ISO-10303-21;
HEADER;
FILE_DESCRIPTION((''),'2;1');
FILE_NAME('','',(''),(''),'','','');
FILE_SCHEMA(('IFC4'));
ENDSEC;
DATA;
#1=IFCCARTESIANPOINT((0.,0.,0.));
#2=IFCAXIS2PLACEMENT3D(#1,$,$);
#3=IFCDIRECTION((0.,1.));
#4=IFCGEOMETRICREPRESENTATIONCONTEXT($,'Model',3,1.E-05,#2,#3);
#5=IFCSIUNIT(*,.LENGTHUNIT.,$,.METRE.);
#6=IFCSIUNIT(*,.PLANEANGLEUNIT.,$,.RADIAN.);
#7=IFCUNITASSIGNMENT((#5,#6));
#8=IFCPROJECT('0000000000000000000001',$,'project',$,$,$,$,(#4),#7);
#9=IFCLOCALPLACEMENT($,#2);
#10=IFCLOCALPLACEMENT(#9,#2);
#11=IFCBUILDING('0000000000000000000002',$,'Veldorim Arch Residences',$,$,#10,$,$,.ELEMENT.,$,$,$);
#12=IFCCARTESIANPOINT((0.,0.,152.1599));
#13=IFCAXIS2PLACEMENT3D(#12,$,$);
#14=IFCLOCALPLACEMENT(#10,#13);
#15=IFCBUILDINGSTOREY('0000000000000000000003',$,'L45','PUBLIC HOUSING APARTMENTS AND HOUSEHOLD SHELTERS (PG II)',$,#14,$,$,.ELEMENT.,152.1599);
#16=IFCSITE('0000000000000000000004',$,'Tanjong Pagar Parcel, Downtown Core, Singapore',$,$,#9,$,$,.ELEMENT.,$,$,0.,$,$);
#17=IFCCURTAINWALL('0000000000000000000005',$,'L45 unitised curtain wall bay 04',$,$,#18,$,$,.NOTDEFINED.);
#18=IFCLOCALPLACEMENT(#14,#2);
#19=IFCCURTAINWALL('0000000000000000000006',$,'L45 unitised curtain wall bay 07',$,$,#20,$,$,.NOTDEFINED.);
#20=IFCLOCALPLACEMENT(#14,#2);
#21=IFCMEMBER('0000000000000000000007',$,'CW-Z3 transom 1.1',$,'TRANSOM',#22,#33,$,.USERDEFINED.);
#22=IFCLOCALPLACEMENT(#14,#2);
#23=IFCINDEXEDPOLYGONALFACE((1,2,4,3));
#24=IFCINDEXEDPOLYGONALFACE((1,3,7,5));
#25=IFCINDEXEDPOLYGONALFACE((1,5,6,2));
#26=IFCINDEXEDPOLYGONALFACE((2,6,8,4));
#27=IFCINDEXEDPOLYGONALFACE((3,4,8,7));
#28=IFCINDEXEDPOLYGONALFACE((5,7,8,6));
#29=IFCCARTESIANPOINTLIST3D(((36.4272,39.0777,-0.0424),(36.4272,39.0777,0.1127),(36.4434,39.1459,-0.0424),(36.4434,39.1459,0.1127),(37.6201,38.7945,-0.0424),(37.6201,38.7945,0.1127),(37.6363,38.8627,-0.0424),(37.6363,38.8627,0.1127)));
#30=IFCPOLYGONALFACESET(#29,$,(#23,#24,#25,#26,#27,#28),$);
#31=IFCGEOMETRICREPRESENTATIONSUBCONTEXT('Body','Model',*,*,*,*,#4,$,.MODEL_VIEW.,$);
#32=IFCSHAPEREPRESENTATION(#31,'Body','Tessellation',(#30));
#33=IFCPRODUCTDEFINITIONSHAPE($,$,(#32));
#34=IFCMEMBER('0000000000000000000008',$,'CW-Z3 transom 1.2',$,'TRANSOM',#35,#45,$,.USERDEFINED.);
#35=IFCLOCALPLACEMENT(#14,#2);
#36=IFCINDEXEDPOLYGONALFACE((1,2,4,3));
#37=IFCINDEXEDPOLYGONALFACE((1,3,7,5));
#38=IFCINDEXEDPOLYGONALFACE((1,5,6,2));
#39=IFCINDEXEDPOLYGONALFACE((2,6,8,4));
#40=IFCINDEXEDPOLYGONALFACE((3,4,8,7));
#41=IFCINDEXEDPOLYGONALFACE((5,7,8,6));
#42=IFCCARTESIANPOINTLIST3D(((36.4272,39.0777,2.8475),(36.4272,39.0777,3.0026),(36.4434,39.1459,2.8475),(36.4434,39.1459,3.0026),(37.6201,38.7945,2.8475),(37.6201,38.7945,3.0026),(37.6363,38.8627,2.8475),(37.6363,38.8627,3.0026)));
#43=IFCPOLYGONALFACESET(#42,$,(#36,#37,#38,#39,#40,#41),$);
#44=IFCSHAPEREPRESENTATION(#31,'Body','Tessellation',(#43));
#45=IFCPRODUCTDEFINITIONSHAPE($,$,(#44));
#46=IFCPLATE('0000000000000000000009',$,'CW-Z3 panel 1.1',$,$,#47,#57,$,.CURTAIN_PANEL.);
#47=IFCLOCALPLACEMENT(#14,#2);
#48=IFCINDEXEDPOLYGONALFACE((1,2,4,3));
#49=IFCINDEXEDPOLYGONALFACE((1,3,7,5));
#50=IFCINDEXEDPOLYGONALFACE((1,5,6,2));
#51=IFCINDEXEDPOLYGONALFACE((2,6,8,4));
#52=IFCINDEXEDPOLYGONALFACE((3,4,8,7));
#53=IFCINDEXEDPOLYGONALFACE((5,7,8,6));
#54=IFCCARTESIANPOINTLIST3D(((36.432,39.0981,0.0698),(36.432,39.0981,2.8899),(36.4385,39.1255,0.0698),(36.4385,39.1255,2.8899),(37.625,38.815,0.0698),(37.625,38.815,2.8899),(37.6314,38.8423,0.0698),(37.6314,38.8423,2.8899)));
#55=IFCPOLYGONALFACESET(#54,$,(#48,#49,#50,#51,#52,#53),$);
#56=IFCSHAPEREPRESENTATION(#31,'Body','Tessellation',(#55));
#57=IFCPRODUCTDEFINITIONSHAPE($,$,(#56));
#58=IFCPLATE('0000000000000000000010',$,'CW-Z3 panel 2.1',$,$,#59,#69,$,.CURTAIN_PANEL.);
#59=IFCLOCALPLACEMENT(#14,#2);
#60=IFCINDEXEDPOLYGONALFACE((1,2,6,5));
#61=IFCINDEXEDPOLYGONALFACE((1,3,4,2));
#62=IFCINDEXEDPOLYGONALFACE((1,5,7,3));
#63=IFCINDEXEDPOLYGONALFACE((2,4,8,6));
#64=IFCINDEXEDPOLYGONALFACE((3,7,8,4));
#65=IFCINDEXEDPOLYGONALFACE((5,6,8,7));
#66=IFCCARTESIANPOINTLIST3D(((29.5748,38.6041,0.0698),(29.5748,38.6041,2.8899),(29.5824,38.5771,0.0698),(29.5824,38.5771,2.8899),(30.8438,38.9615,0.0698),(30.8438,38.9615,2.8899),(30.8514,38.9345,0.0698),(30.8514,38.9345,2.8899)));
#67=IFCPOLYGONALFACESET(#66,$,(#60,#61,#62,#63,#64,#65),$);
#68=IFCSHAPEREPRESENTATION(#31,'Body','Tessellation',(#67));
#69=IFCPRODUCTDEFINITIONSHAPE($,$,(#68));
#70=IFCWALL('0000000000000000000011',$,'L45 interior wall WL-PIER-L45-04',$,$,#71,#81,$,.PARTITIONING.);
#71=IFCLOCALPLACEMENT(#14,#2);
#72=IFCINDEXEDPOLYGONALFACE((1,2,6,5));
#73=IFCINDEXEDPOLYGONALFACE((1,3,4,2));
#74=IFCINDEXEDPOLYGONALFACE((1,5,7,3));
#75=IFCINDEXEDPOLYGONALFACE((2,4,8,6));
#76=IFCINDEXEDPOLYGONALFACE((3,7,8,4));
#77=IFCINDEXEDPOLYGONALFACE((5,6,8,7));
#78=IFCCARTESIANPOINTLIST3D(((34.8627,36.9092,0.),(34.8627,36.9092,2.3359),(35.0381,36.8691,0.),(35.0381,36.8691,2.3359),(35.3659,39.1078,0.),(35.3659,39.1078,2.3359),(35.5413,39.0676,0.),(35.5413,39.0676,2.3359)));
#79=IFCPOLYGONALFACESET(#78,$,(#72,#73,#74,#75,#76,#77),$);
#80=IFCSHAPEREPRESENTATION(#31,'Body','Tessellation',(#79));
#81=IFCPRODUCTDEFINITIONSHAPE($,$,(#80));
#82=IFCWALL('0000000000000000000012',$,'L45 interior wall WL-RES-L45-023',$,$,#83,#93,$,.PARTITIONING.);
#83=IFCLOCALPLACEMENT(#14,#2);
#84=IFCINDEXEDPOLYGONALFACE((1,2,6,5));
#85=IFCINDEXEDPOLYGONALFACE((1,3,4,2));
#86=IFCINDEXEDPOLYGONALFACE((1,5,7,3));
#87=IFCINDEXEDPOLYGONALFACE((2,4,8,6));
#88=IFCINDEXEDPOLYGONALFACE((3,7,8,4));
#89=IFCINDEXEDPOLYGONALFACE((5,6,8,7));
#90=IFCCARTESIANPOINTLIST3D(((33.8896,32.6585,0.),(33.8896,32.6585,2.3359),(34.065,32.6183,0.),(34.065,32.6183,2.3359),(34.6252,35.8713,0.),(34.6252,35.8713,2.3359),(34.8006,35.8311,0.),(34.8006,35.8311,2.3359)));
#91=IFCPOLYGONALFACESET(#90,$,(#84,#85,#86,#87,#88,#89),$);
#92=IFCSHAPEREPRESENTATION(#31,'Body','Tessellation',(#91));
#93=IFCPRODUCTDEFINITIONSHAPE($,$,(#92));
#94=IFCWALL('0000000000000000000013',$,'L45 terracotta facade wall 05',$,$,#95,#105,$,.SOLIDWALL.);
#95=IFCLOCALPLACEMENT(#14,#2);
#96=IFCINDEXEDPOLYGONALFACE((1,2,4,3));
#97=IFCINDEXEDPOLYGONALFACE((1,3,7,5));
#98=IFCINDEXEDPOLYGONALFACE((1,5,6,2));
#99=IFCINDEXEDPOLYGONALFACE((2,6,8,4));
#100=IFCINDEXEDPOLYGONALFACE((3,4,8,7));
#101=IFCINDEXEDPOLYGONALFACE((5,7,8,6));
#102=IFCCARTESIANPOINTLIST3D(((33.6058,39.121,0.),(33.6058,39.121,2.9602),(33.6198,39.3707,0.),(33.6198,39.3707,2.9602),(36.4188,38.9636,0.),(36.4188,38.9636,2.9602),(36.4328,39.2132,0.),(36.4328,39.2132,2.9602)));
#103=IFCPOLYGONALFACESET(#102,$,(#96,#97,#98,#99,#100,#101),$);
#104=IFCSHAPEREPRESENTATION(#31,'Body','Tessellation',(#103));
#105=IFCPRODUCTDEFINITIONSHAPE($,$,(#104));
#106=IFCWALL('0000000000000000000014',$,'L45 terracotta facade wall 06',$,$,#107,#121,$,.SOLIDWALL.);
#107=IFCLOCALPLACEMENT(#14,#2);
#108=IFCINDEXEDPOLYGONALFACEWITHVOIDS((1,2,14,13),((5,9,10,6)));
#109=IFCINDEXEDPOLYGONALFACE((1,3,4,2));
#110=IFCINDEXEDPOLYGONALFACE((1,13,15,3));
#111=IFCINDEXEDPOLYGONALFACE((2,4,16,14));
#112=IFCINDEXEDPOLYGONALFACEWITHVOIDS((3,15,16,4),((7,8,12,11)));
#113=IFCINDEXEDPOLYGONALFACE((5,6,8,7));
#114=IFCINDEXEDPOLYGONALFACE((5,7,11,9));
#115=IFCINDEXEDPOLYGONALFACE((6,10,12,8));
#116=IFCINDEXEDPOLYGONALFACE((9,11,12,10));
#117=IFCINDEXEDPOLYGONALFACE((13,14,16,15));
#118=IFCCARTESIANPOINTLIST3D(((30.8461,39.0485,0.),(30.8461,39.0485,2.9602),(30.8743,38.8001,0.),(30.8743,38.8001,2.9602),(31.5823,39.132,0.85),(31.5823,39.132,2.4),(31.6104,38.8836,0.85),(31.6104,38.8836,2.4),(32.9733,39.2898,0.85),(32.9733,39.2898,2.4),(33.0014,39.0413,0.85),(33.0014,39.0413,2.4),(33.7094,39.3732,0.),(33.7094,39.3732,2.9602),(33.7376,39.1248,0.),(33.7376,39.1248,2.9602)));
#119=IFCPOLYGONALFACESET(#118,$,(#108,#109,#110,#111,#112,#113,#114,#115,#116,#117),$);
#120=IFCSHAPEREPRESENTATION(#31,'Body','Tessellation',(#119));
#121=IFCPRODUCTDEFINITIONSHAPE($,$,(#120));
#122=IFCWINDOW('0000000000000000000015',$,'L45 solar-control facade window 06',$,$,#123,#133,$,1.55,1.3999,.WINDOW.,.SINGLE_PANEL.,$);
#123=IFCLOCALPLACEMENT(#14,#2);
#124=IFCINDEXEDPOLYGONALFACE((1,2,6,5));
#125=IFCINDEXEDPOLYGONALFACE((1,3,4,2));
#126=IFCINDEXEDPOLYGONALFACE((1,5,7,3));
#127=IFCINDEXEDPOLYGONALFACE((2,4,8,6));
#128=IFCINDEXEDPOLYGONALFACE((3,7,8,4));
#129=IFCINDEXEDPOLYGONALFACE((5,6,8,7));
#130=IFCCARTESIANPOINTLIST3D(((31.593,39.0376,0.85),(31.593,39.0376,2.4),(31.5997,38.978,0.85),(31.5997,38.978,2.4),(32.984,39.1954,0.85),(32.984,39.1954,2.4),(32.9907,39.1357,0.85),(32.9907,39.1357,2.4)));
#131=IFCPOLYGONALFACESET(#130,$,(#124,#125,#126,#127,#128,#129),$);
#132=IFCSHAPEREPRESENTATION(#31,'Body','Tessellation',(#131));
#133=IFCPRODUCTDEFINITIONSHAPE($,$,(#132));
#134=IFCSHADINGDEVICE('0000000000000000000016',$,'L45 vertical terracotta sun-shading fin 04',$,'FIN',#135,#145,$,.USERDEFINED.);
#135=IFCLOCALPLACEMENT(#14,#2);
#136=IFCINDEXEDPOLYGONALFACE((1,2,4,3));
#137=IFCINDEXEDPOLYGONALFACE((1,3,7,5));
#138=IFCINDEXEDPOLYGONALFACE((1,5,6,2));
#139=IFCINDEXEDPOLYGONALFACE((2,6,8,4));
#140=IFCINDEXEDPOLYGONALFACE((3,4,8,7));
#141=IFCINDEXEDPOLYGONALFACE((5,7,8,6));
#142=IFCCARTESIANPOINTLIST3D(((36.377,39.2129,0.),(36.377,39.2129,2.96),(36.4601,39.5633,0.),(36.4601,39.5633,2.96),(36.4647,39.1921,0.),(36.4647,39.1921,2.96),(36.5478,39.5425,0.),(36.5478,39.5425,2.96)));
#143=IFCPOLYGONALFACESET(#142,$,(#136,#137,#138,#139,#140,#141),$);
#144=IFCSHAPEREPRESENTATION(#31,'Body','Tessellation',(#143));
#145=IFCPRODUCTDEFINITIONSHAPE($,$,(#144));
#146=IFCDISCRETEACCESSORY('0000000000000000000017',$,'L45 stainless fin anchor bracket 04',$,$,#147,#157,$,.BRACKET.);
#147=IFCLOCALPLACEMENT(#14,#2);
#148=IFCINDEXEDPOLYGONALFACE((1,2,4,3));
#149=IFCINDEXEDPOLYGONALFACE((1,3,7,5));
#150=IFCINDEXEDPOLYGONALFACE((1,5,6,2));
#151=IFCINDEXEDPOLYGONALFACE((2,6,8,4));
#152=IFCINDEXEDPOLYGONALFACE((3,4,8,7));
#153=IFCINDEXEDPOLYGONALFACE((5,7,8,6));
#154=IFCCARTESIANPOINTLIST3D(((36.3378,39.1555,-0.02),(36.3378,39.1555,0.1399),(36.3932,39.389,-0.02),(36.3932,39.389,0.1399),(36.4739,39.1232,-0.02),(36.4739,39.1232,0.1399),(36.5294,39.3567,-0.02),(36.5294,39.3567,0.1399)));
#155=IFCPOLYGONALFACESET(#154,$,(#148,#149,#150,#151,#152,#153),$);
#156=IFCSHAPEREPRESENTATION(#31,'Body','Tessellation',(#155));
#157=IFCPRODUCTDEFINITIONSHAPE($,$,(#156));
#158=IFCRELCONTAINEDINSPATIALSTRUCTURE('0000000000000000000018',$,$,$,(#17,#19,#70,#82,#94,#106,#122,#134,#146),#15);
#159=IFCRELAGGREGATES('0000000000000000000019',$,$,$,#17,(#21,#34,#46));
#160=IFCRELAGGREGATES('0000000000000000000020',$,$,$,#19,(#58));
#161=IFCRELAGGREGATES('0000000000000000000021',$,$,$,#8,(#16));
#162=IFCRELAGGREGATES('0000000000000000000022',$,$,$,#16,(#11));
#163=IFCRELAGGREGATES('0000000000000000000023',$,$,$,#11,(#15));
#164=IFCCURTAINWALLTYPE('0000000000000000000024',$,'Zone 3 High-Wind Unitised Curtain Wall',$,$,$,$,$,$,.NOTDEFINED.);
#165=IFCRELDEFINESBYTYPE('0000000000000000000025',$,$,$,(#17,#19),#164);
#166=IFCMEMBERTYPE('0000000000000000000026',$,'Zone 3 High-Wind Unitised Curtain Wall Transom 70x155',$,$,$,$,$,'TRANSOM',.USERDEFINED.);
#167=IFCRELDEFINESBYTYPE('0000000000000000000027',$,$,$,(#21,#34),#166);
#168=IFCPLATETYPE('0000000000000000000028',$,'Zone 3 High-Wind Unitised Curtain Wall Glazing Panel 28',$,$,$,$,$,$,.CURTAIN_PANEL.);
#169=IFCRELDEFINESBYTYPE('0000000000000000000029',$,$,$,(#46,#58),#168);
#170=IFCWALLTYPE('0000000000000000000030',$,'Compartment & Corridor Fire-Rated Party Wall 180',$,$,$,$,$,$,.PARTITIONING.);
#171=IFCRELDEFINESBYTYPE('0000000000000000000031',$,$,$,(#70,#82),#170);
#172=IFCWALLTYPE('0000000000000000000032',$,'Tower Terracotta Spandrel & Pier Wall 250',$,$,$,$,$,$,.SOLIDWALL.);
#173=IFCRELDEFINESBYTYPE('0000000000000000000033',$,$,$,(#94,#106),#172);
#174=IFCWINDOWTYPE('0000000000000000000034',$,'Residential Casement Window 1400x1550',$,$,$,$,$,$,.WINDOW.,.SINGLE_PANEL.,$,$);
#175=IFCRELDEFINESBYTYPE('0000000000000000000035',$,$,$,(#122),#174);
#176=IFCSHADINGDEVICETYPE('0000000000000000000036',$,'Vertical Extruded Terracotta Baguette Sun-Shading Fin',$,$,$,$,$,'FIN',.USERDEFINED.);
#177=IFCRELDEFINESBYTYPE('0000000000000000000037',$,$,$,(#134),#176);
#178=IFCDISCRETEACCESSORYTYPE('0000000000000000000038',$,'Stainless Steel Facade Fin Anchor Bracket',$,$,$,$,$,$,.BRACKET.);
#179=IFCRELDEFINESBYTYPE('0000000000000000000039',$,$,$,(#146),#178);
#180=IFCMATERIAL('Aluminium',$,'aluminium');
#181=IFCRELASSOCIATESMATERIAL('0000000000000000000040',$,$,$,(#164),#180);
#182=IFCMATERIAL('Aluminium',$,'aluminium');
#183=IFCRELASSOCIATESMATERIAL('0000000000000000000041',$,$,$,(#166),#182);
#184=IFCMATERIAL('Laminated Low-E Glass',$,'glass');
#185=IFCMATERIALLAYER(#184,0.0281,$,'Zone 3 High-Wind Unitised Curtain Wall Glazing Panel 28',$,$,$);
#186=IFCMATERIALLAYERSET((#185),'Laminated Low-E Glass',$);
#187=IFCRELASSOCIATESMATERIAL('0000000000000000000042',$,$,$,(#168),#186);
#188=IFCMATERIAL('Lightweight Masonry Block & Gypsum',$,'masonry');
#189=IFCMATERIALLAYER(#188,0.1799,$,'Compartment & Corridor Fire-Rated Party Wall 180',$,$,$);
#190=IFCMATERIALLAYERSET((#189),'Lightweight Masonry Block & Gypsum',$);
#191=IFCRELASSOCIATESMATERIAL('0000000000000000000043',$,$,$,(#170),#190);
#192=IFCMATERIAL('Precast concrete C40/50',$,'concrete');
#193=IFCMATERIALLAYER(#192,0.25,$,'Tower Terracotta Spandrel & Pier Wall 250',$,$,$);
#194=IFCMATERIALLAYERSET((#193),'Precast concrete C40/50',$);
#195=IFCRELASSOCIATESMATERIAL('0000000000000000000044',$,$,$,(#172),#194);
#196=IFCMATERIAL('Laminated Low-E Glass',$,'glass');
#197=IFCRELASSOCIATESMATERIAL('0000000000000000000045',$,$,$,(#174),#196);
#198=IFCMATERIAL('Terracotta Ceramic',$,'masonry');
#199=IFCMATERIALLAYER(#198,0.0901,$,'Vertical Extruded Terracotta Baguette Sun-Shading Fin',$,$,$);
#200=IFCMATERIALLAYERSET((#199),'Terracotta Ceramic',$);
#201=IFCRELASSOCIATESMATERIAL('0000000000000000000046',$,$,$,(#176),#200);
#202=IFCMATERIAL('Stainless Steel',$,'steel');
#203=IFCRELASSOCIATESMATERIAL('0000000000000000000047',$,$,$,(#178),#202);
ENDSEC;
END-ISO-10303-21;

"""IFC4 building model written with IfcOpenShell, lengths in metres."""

from ifc_helpers import new_model, si_unit, direction, frame, frame_2d, origin, origin_2d, place, context, subcontext, project, spatial, rectangle, extrude, material, layer, layer_set, material_profile, profile_set, type_object, element, fill, aggregate, save


model = new_model("IFC4")

# Units and contexts
model_context = context("Model", 3, precision=1e-05, world=origin(), true_north=direction((0.0, 1.0)))
body_context = subcontext(model_context, "Body", "Model", "MODEL_VIEW")
ifc_project = project(units=[si_unit("LENGTHUNIT", "METRE"), si_unit("PLANEANGLEUNIT", "RADIAN")], contexts=[model_context])

# Site, building, storey
site_placement = place(None, origin())
site = spatial("IfcSite", under=ifc_project, at=site_placement, Name="Tanjong Pagar Parcel, Downtown Core, Singapore", CompositionType="ELEMENT", RefElevation=0.0)
building_placement = place(site_placement, origin())
building = spatial("IfcBuilding", under=site, at=building_placement, Name="Veldorim Arch Residences", CompositionType="ELEMENT")
storey_placement = place(building_placement, frame((0.0, 0.0, 152.1599)))
storey = spatial("IfcBuildingStorey", under=building, at=storey_placement, Name="L45", Description="PUBLIC HOUSING APARTMENTS AND HOUSEHOLD SHELTERS (PG II)", CompositionType="ELEMENT", Elevation=152.1599)

# Curtain walls
ifc_material_1 = material(Name="Aluminium", Category="aluminium")
curtain_wall_type = type_object("IfcCurtainWallType", Name="Zone 3 High-Wind Unitised Curtain Wall", PredefinedType="NOTDEFINED", material=ifc_material_1)
curtain_wall_1_placement = place(storey_placement, origin())
curtain_wall_1 = element("IfcCurtainWall", 1, at=curtain_wall_1_placement, inside=storey, type_object=curtain_wall_type, Name="L45 unitised curtain wall bay 04", PredefinedType="NOTDEFINED")
curtain_wall_2_placement = place(storey_placement, origin())
curtain_wall_2 = element("IfcCurtainWall", 2, at=curtain_wall_2_placement, inside=storey, type_object=curtain_wall_type, Name="L45 unitised curtain wall bay 07", PredefinedType="NOTDEFINED")

# Members
ifc_material_2 = material(Name="Aluminium", Category="aluminium")
ifc_material_profile_1 = material_profile(ifc_material_2, rectangle(XDim=0.0701, YDim=0.155, at=origin_2d()), Name="ALU_TRN_70x155")
ifc_profile_set_1 = profile_set([ifc_material_profile_1], Name="Aluminium")
member_type_1 = type_object("IfcMemberType", Name="Zone 3 High-Wind Unitised Curtain Wall Transom 70x155", ElementType="TRANSOM", PredefinedType="USERDEFINED", material=ifc_profile_set_1)
member_1_placement = place(storey_placement, frame((36.4353, 39.1118, 0.0352), z_axis=(0.972956, -0.230992, 0.0), x_axis=(0.230992, 0.972956, 0.0)))
member_1 = element("IfcMember", 3, at=member_1_placement, type_object=member_type_1, Name="CW-Z3 transom 1.1", ObjectType="TRANSOM", PredefinedType="USERDEFINED", context=body_context, shape_type="SweptSolid", body=[
    extrude(rectangle(XDim=0.0701, YDim=0.155, at=origin_2d()), origin(), (0.0, 0.0, 1.0), 1.2261),
])
member_2_placement = place(storey_placement, frame((36.4353, 39.1118, 2.925), z_axis=(0.972956, -0.230992, 0.0), x_axis=(0.230992, 0.972956, 0.0)))
member_2 = element("IfcMember", 4, at=member_2_placement, type_object=member_type_1, Name="CW-Z3 transom 1.2", ObjectType="TRANSOM", PredefinedType="USERDEFINED", context=body_context, shape_type="SweptSolid", body=[
    extrude(rectangle(XDim=0.0701, YDim=0.155, at=origin_2d()), origin(), (0.0, 0.0, 1.0), 1.2261),
])

# Plates
ifc_material_3 = material(Name="Laminated Low-E Glass", Category="glass")
ifc_layer_1 = layer(ifc_material_3, 0.0281, Name="Zone 3 High-Wind Unitised Curtain Wall Glazing Panel 28")
ifc_layer_set_1 = layer_set([ifc_layer_1], Name="Laminated Low-E Glass")
plate_type = type_object("IfcPlateType", Name="Zone 3 High-Wind Unitised Curtain Wall Glazing Panel 28", PredefinedType="CURTAIN_PANEL", material=ifc_layer_set_1)
plate_1_placement = place(storey_placement, frame((37.0317, 38.9702, 0.0698), z_axis=(0.0, 0.0, 1.0), x_axis=(0.972964, -0.230957, 0.0)))
plate_1 = element("IfcPlate", 5, at=plate_1_placement, type_object=plate_type, Name="CW-Z3 panel 1.1", PredefinedType="CURTAIN_PANEL", context=body_context, shape_type="SweptSolid", body=[
    extrude(rectangle(XDim=1.2261, YDim=0.0281, at=origin_2d()), origin(), (0.0, 0.0, 1.0), 2.8201),
])
aggregate(curtain_wall_1, [member_1, member_2, plate_1])
plate_2_placement = place(storey_placement, frame((30.2131, 38.7693, 0.0698), z_axis=(0.0, 0.0, 1.0), x_axis=(0.962551, 0.271101, 0.0)))
plate_2 = element("IfcPlate", 6, at=plate_2_placement, type_object=plate_type, Name="CW-Z3 panel 2.1", PredefinedType="CURTAIN_PANEL", context=body_context, shape_type="SweptSolid", body=[
    extrude(rectangle(XDim=1.3184, YDim=0.0281, at=origin_2d()), origin(), (0.0, 0.0, 1.0), 2.8201),
])
aggregate(curtain_wall_2, [plate_2])

# Walls
ifc_material_4 = material(Name="Lightweight Masonry Block & Gypsum", Category="masonry")
ifc_layer_2 = layer(ifc_material_4, 0.1799, Name="Compartment & Corridor Fire-Rated Party Wall 180")
ifc_layer_set_2 = layer_set([ifc_layer_2], Name="Lightweight Masonry Block & Gypsum")
wall_type_1 = type_object("IfcWallType", Name="Compartment & Corridor Fire-Rated Party Wall 180", PredefinedType="PARTITIONING", material=ifc_layer_set_2)
wall_1_placement = place(storey_placement, frame((34.9504, 36.8892, 0.0), z_axis=(0.0, 0.0, 1.0), x_axis=(0.223104, 0.974795, 0.0)))
element("IfcWall", 7, at=wall_1_placement, inside=storey, type_object=wall_type_1, Name="L45 interior wall WL-PIER-L45-04", PredefinedType="PARTITIONING", context=body_context, shape_type="SweptSolid", body=[
    extrude(rectangle(XDim=2.2554, YDim=0.1799, at=frame_2d((1.1277, 0.0))), origin(), (0.0, 0.0, 1.0), 2.3359),
])
wall_2_placement = place(storey_placement, frame((33.9773, 32.6384, 0.0), z_axis=(0.0, 0.0, 1.0), x_axis=(0.223193, 0.974774, 0.0)))
element("IfcWall", 8, at=wall_2_placement, inside=storey, type_object=wall_type_1, Name="L45 interior wall WL-RES-L45-023", PredefinedType="PARTITIONING", context=body_context, shape_type="SweptSolid", body=[
    extrude(rectangle(XDim=3.2959, YDim=0.1799, at=frame_2d((1.6479, 0.0))), origin(), (0.0, 0.0, 1.0), 2.3359),
])
ifc_material_5 = material(Name="Precast concrete C40/50", Category="concrete")
ifc_layer_3 = layer(ifc_material_5, 0.25, Name="Tower Terracotta Spandrel & Pier Wall 250")
ifc_layer_set_3 = layer_set([ifc_layer_3], Name="Precast concrete C40/50")
wall_type_2 = type_object("IfcWallType", Name="Tower Terracotta Spandrel & Pier Wall 250", PredefinedType="SOLIDWALL", material=ifc_layer_set_3)
wall_3_placement = place(storey_placement, frame((33.6128, 39.2458, 0.0), z_axis=(0.0, 0.0, 1.0), x_axis=(0.998437, -0.055892, 0.0)))
element("IfcWall", 9, at=wall_3_placement, inside=storey, type_object=wall_type_2, Name="L45 terracotta facade wall 05", PredefinedType="SOLIDWALL", context=body_context, shape_type="SweptSolid", body=[
    extrude(rectangle(XDim=2.8174, YDim=0.25, at=frame_2d((1.4087, 0.0))), origin(), (0.0, 0.0, 1.0), 2.9602),
])

# Wall, opening, window
wall_4_placement = place(storey_placement, frame((30.8601, 38.9243, 0.0), z_axis=(0.0, 0.0, 1.0), x_axis=(0.993631, 0.112682, 0.0)))
wall_4 = element("IfcWall", 10, at=wall_4_placement, inside=storey, type_object=wall_type_2, Name="L45 terracotta facade wall 06", PredefinedType="SOLIDWALL", context=body_context, shape_type="SweptSolid", body=[
    extrude(rectangle(XDim=2.8816, YDim=0.25, at=frame_2d((1.4409, 0.0))), origin(), (0.0, 0.0, 1.0), 2.9602),
])
opening_placement = place(wall_4_placement, frame((0.741, 0.0, 0.8501)))
opening = element("IfcOpeningElement", 11, at=opening_placement, cuts=wall_4, PredefinedType="OPENING", context=body_context, shape_type="SweptSolid", body=[
    extrude(rectangle(XDim=1.3999, YDim=1.55, at=frame_2d((0.7, 0.7749))), frame((0.0, 0.135, 0.0), z_axis=(0.0, -1.0, 0.0), x_axis=(1.0, 0.0, 0.0)), (0.0, 0.0, 1.0), 0.27),
])
ifc_material_6 = material(Name="Laminated Low-E Glass", Category="glass")
window_type = type_object("IfcWindowType", Name="Residential Casement Window 1400x1550", PartitioningType="SINGLE_PANEL", PredefinedType="WINDOW", material=ifc_material_6)
window_placement = place(opening_placement, origin())
window = element("IfcWindow", 12, at=window_placement, inside=storey, type_object=window_type, Name="L45 solar-control facade window 06", OverallHeight=1.55, OverallWidth=1.3999, PartitioningType="SINGLE_PANEL", PredefinedType="WINDOW", context=body_context, shape_type="SweptSolid", body=[
    extrude(rectangle(XDim=1.3999, YDim=1.55, at=frame_2d((0.7, 0.7749))), frame((0.0, 0.03, 0.0), z_axis=(0.0, -1.0, 0.0), x_axis=(1.0, 0.0, 0.0)), (0.0, 0.0, 1.0), 0.0601),
])
fill(opening, window)

# Shading device
ifc_material_7 = material(Name="Terracotta Ceramic", Category="masonry")
ifc_layer_4 = layer(ifc_material_7, 0.0901, Name="Vertical Extruded Terracotta Baguette Sun-Shading Fin")
ifc_layer_set_4 = layer_set([ifc_layer_4], Name="Terracotta Ceramic")
shading_device_type = type_object("IfcShadingDeviceType", Name="Vertical Extruded Terracotta Baguette Sun-Shading Fin", ElementType="FIN", PredefinedType="USERDEFINED", material=ifc_layer_set_4)
shading_device_placement = place(storey_placement, frame((36.4624, 39.3777, 0.0), z_axis=(0.0, 0.0, 1.0), x_axis=(0.972978, -0.230899, 0.0)))
element("IfcShadingDevice", 13, at=shading_device_placement, inside=storey, type_object=shading_device_type, Name="L45 vertical terracotta sun-shading fin 04", ObjectType="FIN", PredefinedType="USERDEFINED", context=body_context, shape_type="SweptSolid", body=[
    extrude(rectangle(XDim=0.0901, YDim=0.3601, at=origin_2d()), origin(), (0.0, 0.0, 1.0), 2.96),
])

# Discrete accessory
ifc_material_8 = material(Name="Stainless Steel", Category="steel")
discrete_accessory_type = type_object("IfcDiscreteAccessoryType", Name="Stainless Steel Facade Fin Anchor Bracket", PredefinedType="BRACKET", material=ifc_material_8)
discrete_accessory_placement = place(storey_placement, frame((36.4336, 39.2561, -0.02), z_axis=(0.0, 0.0, 1.0), x_axis=(0.972978, -0.230899, 0.0)))
element("IfcDiscreteAccessory", 14, at=discrete_accessory_placement, inside=storey, type_object=discrete_accessory_type, Name="L45 stainless fin anchor bracket 04", PredefinedType="BRACKET", context=body_context, shape_type="SweptSolid", body=[
    extrude(rectangle(XDim=0.1399, YDim=0.24, at=origin_2d()), origin(), (0.0, 0.0, 1.0), 0.1599),
])

save(model, "model.ifc")
